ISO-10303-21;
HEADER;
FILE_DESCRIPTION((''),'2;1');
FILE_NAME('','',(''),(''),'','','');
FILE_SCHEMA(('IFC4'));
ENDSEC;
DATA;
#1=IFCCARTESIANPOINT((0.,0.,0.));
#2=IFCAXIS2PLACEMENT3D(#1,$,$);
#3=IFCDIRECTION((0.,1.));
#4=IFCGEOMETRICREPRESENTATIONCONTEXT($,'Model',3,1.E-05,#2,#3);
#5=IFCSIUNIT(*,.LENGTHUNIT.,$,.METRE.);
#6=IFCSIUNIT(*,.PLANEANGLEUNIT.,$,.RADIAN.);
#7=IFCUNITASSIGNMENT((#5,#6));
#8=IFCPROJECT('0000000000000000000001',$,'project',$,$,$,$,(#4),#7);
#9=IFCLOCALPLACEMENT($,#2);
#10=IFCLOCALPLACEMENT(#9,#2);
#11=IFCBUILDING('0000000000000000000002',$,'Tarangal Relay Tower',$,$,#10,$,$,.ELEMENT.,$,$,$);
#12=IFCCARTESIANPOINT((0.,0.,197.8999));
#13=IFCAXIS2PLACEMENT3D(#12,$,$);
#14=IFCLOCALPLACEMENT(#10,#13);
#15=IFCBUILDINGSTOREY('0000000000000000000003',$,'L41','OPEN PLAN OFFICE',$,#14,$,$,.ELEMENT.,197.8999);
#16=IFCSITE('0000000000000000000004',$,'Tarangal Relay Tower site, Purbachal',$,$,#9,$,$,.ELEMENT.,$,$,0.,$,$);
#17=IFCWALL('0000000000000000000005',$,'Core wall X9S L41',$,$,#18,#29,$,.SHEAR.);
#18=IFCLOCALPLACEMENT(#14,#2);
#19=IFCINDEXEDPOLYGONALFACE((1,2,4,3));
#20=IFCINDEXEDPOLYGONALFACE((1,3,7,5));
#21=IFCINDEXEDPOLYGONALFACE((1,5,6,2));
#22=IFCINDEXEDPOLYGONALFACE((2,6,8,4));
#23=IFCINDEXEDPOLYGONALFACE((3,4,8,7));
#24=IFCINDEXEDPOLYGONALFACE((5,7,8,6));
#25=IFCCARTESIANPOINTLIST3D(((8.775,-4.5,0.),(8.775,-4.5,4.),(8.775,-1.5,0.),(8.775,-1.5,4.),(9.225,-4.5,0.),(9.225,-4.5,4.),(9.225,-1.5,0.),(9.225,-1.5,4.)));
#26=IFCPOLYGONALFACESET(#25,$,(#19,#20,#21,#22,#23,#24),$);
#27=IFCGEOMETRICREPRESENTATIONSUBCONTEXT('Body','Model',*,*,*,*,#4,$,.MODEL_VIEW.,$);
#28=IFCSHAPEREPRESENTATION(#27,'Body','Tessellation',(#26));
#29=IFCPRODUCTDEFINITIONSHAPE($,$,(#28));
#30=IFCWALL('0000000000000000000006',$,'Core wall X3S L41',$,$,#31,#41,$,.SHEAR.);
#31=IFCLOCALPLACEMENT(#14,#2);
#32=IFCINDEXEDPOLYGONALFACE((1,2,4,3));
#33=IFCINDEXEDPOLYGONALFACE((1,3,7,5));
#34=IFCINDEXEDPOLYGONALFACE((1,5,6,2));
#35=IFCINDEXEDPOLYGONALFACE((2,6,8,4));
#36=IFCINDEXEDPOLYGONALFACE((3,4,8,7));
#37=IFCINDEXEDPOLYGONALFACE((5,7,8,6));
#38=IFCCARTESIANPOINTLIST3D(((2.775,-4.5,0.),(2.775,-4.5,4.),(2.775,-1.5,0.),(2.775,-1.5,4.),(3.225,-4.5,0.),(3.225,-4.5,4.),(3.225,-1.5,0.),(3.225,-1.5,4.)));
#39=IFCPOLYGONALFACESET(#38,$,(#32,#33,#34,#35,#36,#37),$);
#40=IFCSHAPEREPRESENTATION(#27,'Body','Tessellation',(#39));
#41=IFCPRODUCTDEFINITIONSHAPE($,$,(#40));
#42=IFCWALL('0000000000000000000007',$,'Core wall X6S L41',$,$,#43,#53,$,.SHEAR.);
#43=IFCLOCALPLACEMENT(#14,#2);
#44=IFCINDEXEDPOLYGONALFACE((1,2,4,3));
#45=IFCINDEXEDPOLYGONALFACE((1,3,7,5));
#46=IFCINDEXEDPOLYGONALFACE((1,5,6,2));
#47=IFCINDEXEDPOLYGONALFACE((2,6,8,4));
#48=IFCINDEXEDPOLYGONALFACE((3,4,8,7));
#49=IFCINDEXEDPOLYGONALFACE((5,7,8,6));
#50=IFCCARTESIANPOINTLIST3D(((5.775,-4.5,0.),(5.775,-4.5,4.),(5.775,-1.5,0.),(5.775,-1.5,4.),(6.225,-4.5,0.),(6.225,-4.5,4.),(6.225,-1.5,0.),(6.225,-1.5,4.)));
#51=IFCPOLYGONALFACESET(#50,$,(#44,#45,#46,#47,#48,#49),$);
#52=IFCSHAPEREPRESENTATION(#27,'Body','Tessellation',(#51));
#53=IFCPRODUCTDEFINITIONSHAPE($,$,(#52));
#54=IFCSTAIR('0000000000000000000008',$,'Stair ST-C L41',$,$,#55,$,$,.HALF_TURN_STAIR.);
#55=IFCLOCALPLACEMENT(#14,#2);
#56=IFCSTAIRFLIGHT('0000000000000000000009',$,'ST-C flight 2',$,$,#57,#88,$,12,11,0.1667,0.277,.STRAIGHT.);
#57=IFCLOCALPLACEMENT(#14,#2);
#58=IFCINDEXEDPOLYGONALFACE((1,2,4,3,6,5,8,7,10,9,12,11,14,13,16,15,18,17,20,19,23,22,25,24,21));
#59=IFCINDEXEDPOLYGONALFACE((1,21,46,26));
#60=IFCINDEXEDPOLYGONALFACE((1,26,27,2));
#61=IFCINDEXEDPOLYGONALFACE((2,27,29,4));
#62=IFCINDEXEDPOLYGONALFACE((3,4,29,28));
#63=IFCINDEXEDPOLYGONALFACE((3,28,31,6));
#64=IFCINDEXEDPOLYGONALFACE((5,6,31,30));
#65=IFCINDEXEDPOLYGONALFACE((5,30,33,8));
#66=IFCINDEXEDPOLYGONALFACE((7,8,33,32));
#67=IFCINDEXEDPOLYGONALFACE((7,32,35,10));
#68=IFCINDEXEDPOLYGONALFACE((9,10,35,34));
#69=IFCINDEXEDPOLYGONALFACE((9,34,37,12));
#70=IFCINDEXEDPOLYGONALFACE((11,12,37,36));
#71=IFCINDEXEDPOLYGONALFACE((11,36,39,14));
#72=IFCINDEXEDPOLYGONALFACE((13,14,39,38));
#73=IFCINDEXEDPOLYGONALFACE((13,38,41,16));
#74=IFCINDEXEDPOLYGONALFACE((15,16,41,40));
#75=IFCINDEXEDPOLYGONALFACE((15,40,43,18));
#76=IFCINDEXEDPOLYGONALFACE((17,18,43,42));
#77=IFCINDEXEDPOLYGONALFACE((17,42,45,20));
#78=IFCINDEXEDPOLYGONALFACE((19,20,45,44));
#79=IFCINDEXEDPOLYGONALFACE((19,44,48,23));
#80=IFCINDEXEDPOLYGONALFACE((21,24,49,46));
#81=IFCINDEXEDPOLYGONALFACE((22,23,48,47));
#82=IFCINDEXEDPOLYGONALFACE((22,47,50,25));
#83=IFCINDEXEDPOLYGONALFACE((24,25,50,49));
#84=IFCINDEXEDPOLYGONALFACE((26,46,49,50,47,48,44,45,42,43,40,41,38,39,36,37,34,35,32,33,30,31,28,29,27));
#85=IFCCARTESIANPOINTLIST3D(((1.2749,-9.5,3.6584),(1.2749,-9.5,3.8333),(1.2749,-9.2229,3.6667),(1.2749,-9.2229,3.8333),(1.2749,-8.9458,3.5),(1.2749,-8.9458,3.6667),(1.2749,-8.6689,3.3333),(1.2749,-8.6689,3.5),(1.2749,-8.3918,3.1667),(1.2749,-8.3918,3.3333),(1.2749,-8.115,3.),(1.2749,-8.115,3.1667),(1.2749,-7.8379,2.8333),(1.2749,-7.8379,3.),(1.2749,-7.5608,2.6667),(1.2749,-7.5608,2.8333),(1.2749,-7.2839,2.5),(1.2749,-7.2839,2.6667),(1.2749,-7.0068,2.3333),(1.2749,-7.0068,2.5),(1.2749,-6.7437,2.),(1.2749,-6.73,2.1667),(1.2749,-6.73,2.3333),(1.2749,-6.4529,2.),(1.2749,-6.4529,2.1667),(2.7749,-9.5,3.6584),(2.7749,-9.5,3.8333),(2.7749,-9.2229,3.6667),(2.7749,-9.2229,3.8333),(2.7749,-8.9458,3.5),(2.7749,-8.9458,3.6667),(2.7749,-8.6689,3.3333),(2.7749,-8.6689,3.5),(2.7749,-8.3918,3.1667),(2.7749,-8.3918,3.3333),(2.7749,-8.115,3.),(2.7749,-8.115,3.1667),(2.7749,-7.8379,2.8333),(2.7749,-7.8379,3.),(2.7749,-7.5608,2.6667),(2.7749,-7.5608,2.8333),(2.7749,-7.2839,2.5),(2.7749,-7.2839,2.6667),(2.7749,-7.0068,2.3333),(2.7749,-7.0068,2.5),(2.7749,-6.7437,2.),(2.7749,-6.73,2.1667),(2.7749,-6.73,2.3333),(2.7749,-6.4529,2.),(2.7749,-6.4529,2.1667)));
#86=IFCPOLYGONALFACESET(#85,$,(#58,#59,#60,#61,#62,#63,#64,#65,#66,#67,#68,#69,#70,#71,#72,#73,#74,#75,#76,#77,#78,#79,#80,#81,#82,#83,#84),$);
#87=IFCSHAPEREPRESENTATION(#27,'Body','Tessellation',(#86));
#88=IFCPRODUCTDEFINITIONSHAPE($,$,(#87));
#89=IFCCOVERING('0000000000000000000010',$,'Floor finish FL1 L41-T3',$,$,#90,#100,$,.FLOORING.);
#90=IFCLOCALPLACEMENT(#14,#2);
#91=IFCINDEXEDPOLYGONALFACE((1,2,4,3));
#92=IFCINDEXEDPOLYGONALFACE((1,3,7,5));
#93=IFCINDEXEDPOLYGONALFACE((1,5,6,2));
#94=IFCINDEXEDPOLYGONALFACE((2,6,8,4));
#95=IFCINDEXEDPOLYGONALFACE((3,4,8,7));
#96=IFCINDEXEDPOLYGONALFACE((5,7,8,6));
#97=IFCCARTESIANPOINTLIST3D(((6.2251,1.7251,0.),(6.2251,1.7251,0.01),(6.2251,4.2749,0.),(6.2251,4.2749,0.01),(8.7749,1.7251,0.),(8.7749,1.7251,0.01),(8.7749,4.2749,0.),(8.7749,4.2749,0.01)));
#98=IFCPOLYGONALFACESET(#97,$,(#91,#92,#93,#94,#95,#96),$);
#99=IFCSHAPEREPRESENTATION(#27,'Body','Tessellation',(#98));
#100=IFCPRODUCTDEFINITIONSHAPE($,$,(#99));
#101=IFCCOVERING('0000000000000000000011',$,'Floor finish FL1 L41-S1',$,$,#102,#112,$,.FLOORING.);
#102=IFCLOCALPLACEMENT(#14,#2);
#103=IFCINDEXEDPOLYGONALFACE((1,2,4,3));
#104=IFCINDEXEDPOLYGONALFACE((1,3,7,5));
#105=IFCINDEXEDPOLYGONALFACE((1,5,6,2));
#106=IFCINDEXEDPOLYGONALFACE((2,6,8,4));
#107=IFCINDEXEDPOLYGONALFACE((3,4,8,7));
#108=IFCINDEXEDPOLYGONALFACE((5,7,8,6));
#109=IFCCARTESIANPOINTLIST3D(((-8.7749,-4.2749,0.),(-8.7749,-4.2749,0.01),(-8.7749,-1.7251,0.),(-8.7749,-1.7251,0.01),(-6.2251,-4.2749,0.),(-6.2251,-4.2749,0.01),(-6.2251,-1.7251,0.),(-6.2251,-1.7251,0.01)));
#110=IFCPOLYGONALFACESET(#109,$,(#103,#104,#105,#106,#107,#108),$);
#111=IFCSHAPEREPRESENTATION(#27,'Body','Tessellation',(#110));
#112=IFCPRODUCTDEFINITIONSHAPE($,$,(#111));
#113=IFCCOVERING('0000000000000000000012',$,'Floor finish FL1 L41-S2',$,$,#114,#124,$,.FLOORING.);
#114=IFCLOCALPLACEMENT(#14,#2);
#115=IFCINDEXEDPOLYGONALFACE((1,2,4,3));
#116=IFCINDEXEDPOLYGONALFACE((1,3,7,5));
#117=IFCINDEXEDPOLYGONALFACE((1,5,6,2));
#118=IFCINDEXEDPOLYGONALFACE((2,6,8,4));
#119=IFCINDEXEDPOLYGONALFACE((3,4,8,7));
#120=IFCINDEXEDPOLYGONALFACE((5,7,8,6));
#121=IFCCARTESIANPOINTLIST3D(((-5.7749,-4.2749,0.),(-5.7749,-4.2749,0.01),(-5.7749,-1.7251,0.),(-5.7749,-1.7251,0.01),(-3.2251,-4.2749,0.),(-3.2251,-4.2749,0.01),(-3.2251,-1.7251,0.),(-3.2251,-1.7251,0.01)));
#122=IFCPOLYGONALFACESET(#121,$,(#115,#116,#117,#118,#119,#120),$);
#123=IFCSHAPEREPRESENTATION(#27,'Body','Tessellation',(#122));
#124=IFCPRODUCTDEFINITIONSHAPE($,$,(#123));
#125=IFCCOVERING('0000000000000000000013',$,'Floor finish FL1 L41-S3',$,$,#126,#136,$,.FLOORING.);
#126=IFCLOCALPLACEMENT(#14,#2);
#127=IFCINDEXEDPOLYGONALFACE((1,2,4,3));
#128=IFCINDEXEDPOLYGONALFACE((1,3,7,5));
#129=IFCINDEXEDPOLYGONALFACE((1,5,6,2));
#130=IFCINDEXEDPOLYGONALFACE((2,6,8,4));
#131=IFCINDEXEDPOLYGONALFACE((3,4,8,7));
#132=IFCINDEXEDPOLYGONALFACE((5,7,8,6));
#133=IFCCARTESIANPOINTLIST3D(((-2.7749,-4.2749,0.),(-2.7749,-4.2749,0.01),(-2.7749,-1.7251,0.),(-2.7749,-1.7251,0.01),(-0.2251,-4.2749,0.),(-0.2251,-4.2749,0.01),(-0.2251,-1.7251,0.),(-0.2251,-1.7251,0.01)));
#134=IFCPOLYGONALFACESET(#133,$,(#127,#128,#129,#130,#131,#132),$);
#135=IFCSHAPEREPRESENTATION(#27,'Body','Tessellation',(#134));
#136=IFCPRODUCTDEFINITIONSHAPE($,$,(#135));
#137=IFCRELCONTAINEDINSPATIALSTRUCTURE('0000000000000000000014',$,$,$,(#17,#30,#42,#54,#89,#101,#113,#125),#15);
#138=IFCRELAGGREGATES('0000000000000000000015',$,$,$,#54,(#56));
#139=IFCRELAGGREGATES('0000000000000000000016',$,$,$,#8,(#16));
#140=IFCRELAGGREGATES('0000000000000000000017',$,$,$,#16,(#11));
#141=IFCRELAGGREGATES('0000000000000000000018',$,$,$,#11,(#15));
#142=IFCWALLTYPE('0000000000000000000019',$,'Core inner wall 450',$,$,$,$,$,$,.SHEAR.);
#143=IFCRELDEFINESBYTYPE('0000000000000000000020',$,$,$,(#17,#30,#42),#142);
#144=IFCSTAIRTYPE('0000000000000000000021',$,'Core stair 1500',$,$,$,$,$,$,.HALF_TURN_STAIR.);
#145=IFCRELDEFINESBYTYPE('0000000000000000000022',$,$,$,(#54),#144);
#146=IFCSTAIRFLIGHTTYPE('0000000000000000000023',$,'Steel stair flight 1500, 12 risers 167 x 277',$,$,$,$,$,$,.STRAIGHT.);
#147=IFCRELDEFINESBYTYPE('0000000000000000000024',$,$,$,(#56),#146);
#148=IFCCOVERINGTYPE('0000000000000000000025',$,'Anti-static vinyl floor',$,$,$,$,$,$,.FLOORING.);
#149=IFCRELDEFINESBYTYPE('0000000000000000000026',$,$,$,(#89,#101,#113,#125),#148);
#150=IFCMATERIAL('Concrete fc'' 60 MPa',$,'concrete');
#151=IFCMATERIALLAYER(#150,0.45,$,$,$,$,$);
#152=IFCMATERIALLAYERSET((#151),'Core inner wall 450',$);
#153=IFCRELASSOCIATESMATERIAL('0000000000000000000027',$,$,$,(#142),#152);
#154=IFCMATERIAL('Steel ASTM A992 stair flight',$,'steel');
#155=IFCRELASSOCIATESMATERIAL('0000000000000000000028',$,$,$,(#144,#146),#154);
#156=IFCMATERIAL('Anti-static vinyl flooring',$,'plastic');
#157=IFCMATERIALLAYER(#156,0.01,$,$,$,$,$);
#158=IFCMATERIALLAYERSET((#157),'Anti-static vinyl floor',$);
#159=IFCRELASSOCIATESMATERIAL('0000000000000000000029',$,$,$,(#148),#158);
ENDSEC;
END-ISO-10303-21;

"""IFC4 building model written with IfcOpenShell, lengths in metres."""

from ifc_helpers import new_model, si_unit, direction, frame, frame_2d, origin, place, context, subcontext, project, spatial, polyline, rectangle, outline, extrude, material, layer, layer_set, type_object, element, aggregate, save


model = new_model("IFC4")

# Units and contexts
model_context = context("Model", 3, precision=1e-05, world=origin(), true_north=direction((0.0, 1.0)))
body_context = subcontext(model_context, "Body", "Model", "MODEL_VIEW")
ifc_project = project(units=[si_unit("LENGTHUNIT", "METRE"), si_unit("PLANEANGLEUNIT", "RADIAN")], contexts=[model_context])

# Site, building, storey
site_placement = place(None, origin())
site = spatial("IfcSite", under=ifc_project, at=site_placement, Name="Tarangal Relay Tower site, Purbachal", CompositionType="ELEMENT", RefElevation=0.0)
building_placement = place(site_placement, origin())
building = spatial("IfcBuilding", under=site, at=building_placement, Name="Tarangal Relay Tower", CompositionType="ELEMENT")
storey_placement = place(building_placement, frame((0.0, 0.0, 197.8999)))
storey = spatial("IfcBuildingStorey", under=building, at=storey_placement, Name="L41", Description="OPEN PLAN OFFICE", CompositionType="ELEMENT", Elevation=197.8999)

# Walls
ifc_material_1 = material(Name="Concrete fc' 60 MPa", Category="concrete")
ifc_layer_1 = layer(ifc_material_1, 0.45)
ifc_layer_set_1 = layer_set([ifc_layer_1], Name="Core inner wall 450")
wall_type = type_object("IfcWallType", Name="Core inner wall 450", PredefinedType="SHEAR", material=ifc_layer_set_1)
for number, where, z_axis, x_axis, name in (
    (1, (9.0, -4.5, 0.0), (0.0, 0.0, 1.0), (0.0, 1.0, 0.0), "Core wall X9S L41"),
    (2, (3.0, -4.5, 0.0), (0.0, 0.0, 1.0), (0.0, 1.0, 0.0), "Core wall X3S L41"),
    (3, (6.0, -4.5, 0.0), (0.0, 0.0, 1.0), (0.0, 1.0, 0.0), "Core wall X6S L41"),
):
    element("IfcWall", number, at=place(storey_placement, frame(where, z_axis=z_axis, x_axis=x_axis)), inside=storey, type_object=wall_type, Name=name, PredefinedType="SHEAR", context=body_context, shape_type="SweptSolid", body=[
        extrude(rectangle(XDim=3.0, YDim=0.45, at=frame_2d((1.5, 0.0))), origin(), (0.0, 0.0, 1.0), 4.0),
    ])

# Stair, stair flight
ifc_material_2 = material(Name="Steel ASTM A992 stair flight", Category="steel")
stair_type = type_object("IfcStairType", Name="Core stair 1500", PredefinedType="HALF_TURN_STAIR", material=ifc_material_2)
stair_placement = place(storey_placement, origin())
stair = element("IfcStair", 4, at=stair_placement, inside=storey, type_object=stair_type, Name="Stair ST-C L41", PredefinedType="HALF_TURN_STAIR")
stair_flight_type = type_object("IfcStairFlightType", Name="Steel stair flight 1500, 12 risers 167 x 277", PredefinedType="STRAIGHT", material=ifc_material_2)
stair_flight_placement = place(storey_placement, frame((2.0249, -6.4529, 2.0), z_axis=(0.0, 0.0, 1.0), x_axis=(0.0, -1.0, 0.0)))
stair_flight = element("IfcStairFlight", 5, at=stair_flight_placement, type_object=stair_flight_type, Name="ST-C flight 2", NumberOfRisers=12, NumberOfTreads=11, PredefinedType="STRAIGHT", RiserHeight=0.1667, TreadLength=0.277, context=body_context, shape_type="SweptSolid", body=[
    extrude(outline(polyline([(0.0, 0.0), (0.0, 0.1667), (0.2771, 0.1667), (0.2771, 0.3333), (0.554, 0.3333), (0.554, 0.5), (0.8311, 0.5), (0.8311, 0.6667), (1.1079, 0.6667), (1.1079, 0.8333), (1.385, 0.8333), (1.385, 1.0), (1.6621, 1.0), (1.6621, 1.1667), (1.939, 1.1667), (1.939, 1.3333), (2.2161, 1.3333), (2.2161, 1.5), (2.4929, 1.5), (2.4929, 1.6667), (2.77, 1.6667), (2.77, 1.8333), (3.0471, 1.8333), (3.0471, 2.0), (3.0471, 1.6584), (0.2908, 0.0), (0.0, 0.0)])), frame((0.0, 0.75, 0.0), z_axis=(0.0, -1.0, 0.0), x_axis=(1.0, 0.0, 0.0)), (0.0, 0.0, 1.0), 1.5),
])
aggregate(stair, [stair_flight])

# Coverings
ifc_material_3 = material(Name="Anti-static vinyl flooring", Category="plastic")
ifc_layer_2 = layer(ifc_material_3, 0.01)
ifc_layer_set_2 = layer_set([ifc_layer_2], Name="Anti-static vinyl floor")
covering_type_1 = type_object("IfcCoveringType", Name="Anti-static vinyl floor", PredefinedType="FLOORING", material=ifc_layer_set_2)
covering_1_placement = place(storey_placement, origin())
element("IfcCovering", 6, at=covering_1_placement, inside=storey, type_object=covering_type_1, Name="Floor finish FL1 L41-T3", PredefinedType="FLOORING", context=body_context, shape_type="SweptSolid", body=[
    extrude(outline(polyline([(6.2251, 1.7251), (8.7749, 1.7251), (8.7749, 4.2749), (6.2251, 4.2749), (6.2251, 1.7251)])), origin(), (0.0, 0.0, 1.0), 0.01),
])
covering_2_placement = place(storey_placement, origin())
element("IfcCovering", 7, at=covering_2_placement, inside=storey, type_object=covering_type_1, Name="Floor finish FL1 L41-S1", PredefinedType="FLOORING", context=body_context, shape_type="SweptSolid", body=[
    extrude(outline(polyline([(-8.7749, -4.2749), (-6.2251, -4.2749), (-6.2251, -1.7251), (-8.7749, -1.7251), (-8.7749, -4.2749)])), origin(), (0.0, 0.0, 1.0), 0.01),
])
covering_3_placement = place(storey_placement, origin())
element("IfcCovering", 8, at=covering_3_placement, inside=storey, type_object=covering_type_1, Name="Floor finish FL1 L41-S2", PredefinedType="FLOORING", context=body_context, shape_type="SweptSolid", body=[
    extrude(outline(polyline([(-5.7749, -4.2749), (-3.2251, -4.2749), (-3.2251, -1.7251), (-5.7749, -1.7251), (-5.7749, -4.2749)])), origin(), (0.0, 0.0, 1.0), 0.01),
])
covering_4_placement = place(storey_placement, origin())
element("IfcCovering", 9, at=covering_4_placement, inside=storey, type_object=covering_type_1, Name="Floor finish FL1 L41-S3", PredefinedType="FLOORING", context=body_context, shape_type="SweptSolid", body=[
    extrude(outline(polyline([(-2.7749, -4.2749), (-0.2251, -4.2749), (-0.2251, -1.7251), (-2.7749, -1.7251), (-2.7749, -4.2749)])), origin(), (0.0, 0.0, 1.0), 0.01),
])

save(model, "model.ifc")
